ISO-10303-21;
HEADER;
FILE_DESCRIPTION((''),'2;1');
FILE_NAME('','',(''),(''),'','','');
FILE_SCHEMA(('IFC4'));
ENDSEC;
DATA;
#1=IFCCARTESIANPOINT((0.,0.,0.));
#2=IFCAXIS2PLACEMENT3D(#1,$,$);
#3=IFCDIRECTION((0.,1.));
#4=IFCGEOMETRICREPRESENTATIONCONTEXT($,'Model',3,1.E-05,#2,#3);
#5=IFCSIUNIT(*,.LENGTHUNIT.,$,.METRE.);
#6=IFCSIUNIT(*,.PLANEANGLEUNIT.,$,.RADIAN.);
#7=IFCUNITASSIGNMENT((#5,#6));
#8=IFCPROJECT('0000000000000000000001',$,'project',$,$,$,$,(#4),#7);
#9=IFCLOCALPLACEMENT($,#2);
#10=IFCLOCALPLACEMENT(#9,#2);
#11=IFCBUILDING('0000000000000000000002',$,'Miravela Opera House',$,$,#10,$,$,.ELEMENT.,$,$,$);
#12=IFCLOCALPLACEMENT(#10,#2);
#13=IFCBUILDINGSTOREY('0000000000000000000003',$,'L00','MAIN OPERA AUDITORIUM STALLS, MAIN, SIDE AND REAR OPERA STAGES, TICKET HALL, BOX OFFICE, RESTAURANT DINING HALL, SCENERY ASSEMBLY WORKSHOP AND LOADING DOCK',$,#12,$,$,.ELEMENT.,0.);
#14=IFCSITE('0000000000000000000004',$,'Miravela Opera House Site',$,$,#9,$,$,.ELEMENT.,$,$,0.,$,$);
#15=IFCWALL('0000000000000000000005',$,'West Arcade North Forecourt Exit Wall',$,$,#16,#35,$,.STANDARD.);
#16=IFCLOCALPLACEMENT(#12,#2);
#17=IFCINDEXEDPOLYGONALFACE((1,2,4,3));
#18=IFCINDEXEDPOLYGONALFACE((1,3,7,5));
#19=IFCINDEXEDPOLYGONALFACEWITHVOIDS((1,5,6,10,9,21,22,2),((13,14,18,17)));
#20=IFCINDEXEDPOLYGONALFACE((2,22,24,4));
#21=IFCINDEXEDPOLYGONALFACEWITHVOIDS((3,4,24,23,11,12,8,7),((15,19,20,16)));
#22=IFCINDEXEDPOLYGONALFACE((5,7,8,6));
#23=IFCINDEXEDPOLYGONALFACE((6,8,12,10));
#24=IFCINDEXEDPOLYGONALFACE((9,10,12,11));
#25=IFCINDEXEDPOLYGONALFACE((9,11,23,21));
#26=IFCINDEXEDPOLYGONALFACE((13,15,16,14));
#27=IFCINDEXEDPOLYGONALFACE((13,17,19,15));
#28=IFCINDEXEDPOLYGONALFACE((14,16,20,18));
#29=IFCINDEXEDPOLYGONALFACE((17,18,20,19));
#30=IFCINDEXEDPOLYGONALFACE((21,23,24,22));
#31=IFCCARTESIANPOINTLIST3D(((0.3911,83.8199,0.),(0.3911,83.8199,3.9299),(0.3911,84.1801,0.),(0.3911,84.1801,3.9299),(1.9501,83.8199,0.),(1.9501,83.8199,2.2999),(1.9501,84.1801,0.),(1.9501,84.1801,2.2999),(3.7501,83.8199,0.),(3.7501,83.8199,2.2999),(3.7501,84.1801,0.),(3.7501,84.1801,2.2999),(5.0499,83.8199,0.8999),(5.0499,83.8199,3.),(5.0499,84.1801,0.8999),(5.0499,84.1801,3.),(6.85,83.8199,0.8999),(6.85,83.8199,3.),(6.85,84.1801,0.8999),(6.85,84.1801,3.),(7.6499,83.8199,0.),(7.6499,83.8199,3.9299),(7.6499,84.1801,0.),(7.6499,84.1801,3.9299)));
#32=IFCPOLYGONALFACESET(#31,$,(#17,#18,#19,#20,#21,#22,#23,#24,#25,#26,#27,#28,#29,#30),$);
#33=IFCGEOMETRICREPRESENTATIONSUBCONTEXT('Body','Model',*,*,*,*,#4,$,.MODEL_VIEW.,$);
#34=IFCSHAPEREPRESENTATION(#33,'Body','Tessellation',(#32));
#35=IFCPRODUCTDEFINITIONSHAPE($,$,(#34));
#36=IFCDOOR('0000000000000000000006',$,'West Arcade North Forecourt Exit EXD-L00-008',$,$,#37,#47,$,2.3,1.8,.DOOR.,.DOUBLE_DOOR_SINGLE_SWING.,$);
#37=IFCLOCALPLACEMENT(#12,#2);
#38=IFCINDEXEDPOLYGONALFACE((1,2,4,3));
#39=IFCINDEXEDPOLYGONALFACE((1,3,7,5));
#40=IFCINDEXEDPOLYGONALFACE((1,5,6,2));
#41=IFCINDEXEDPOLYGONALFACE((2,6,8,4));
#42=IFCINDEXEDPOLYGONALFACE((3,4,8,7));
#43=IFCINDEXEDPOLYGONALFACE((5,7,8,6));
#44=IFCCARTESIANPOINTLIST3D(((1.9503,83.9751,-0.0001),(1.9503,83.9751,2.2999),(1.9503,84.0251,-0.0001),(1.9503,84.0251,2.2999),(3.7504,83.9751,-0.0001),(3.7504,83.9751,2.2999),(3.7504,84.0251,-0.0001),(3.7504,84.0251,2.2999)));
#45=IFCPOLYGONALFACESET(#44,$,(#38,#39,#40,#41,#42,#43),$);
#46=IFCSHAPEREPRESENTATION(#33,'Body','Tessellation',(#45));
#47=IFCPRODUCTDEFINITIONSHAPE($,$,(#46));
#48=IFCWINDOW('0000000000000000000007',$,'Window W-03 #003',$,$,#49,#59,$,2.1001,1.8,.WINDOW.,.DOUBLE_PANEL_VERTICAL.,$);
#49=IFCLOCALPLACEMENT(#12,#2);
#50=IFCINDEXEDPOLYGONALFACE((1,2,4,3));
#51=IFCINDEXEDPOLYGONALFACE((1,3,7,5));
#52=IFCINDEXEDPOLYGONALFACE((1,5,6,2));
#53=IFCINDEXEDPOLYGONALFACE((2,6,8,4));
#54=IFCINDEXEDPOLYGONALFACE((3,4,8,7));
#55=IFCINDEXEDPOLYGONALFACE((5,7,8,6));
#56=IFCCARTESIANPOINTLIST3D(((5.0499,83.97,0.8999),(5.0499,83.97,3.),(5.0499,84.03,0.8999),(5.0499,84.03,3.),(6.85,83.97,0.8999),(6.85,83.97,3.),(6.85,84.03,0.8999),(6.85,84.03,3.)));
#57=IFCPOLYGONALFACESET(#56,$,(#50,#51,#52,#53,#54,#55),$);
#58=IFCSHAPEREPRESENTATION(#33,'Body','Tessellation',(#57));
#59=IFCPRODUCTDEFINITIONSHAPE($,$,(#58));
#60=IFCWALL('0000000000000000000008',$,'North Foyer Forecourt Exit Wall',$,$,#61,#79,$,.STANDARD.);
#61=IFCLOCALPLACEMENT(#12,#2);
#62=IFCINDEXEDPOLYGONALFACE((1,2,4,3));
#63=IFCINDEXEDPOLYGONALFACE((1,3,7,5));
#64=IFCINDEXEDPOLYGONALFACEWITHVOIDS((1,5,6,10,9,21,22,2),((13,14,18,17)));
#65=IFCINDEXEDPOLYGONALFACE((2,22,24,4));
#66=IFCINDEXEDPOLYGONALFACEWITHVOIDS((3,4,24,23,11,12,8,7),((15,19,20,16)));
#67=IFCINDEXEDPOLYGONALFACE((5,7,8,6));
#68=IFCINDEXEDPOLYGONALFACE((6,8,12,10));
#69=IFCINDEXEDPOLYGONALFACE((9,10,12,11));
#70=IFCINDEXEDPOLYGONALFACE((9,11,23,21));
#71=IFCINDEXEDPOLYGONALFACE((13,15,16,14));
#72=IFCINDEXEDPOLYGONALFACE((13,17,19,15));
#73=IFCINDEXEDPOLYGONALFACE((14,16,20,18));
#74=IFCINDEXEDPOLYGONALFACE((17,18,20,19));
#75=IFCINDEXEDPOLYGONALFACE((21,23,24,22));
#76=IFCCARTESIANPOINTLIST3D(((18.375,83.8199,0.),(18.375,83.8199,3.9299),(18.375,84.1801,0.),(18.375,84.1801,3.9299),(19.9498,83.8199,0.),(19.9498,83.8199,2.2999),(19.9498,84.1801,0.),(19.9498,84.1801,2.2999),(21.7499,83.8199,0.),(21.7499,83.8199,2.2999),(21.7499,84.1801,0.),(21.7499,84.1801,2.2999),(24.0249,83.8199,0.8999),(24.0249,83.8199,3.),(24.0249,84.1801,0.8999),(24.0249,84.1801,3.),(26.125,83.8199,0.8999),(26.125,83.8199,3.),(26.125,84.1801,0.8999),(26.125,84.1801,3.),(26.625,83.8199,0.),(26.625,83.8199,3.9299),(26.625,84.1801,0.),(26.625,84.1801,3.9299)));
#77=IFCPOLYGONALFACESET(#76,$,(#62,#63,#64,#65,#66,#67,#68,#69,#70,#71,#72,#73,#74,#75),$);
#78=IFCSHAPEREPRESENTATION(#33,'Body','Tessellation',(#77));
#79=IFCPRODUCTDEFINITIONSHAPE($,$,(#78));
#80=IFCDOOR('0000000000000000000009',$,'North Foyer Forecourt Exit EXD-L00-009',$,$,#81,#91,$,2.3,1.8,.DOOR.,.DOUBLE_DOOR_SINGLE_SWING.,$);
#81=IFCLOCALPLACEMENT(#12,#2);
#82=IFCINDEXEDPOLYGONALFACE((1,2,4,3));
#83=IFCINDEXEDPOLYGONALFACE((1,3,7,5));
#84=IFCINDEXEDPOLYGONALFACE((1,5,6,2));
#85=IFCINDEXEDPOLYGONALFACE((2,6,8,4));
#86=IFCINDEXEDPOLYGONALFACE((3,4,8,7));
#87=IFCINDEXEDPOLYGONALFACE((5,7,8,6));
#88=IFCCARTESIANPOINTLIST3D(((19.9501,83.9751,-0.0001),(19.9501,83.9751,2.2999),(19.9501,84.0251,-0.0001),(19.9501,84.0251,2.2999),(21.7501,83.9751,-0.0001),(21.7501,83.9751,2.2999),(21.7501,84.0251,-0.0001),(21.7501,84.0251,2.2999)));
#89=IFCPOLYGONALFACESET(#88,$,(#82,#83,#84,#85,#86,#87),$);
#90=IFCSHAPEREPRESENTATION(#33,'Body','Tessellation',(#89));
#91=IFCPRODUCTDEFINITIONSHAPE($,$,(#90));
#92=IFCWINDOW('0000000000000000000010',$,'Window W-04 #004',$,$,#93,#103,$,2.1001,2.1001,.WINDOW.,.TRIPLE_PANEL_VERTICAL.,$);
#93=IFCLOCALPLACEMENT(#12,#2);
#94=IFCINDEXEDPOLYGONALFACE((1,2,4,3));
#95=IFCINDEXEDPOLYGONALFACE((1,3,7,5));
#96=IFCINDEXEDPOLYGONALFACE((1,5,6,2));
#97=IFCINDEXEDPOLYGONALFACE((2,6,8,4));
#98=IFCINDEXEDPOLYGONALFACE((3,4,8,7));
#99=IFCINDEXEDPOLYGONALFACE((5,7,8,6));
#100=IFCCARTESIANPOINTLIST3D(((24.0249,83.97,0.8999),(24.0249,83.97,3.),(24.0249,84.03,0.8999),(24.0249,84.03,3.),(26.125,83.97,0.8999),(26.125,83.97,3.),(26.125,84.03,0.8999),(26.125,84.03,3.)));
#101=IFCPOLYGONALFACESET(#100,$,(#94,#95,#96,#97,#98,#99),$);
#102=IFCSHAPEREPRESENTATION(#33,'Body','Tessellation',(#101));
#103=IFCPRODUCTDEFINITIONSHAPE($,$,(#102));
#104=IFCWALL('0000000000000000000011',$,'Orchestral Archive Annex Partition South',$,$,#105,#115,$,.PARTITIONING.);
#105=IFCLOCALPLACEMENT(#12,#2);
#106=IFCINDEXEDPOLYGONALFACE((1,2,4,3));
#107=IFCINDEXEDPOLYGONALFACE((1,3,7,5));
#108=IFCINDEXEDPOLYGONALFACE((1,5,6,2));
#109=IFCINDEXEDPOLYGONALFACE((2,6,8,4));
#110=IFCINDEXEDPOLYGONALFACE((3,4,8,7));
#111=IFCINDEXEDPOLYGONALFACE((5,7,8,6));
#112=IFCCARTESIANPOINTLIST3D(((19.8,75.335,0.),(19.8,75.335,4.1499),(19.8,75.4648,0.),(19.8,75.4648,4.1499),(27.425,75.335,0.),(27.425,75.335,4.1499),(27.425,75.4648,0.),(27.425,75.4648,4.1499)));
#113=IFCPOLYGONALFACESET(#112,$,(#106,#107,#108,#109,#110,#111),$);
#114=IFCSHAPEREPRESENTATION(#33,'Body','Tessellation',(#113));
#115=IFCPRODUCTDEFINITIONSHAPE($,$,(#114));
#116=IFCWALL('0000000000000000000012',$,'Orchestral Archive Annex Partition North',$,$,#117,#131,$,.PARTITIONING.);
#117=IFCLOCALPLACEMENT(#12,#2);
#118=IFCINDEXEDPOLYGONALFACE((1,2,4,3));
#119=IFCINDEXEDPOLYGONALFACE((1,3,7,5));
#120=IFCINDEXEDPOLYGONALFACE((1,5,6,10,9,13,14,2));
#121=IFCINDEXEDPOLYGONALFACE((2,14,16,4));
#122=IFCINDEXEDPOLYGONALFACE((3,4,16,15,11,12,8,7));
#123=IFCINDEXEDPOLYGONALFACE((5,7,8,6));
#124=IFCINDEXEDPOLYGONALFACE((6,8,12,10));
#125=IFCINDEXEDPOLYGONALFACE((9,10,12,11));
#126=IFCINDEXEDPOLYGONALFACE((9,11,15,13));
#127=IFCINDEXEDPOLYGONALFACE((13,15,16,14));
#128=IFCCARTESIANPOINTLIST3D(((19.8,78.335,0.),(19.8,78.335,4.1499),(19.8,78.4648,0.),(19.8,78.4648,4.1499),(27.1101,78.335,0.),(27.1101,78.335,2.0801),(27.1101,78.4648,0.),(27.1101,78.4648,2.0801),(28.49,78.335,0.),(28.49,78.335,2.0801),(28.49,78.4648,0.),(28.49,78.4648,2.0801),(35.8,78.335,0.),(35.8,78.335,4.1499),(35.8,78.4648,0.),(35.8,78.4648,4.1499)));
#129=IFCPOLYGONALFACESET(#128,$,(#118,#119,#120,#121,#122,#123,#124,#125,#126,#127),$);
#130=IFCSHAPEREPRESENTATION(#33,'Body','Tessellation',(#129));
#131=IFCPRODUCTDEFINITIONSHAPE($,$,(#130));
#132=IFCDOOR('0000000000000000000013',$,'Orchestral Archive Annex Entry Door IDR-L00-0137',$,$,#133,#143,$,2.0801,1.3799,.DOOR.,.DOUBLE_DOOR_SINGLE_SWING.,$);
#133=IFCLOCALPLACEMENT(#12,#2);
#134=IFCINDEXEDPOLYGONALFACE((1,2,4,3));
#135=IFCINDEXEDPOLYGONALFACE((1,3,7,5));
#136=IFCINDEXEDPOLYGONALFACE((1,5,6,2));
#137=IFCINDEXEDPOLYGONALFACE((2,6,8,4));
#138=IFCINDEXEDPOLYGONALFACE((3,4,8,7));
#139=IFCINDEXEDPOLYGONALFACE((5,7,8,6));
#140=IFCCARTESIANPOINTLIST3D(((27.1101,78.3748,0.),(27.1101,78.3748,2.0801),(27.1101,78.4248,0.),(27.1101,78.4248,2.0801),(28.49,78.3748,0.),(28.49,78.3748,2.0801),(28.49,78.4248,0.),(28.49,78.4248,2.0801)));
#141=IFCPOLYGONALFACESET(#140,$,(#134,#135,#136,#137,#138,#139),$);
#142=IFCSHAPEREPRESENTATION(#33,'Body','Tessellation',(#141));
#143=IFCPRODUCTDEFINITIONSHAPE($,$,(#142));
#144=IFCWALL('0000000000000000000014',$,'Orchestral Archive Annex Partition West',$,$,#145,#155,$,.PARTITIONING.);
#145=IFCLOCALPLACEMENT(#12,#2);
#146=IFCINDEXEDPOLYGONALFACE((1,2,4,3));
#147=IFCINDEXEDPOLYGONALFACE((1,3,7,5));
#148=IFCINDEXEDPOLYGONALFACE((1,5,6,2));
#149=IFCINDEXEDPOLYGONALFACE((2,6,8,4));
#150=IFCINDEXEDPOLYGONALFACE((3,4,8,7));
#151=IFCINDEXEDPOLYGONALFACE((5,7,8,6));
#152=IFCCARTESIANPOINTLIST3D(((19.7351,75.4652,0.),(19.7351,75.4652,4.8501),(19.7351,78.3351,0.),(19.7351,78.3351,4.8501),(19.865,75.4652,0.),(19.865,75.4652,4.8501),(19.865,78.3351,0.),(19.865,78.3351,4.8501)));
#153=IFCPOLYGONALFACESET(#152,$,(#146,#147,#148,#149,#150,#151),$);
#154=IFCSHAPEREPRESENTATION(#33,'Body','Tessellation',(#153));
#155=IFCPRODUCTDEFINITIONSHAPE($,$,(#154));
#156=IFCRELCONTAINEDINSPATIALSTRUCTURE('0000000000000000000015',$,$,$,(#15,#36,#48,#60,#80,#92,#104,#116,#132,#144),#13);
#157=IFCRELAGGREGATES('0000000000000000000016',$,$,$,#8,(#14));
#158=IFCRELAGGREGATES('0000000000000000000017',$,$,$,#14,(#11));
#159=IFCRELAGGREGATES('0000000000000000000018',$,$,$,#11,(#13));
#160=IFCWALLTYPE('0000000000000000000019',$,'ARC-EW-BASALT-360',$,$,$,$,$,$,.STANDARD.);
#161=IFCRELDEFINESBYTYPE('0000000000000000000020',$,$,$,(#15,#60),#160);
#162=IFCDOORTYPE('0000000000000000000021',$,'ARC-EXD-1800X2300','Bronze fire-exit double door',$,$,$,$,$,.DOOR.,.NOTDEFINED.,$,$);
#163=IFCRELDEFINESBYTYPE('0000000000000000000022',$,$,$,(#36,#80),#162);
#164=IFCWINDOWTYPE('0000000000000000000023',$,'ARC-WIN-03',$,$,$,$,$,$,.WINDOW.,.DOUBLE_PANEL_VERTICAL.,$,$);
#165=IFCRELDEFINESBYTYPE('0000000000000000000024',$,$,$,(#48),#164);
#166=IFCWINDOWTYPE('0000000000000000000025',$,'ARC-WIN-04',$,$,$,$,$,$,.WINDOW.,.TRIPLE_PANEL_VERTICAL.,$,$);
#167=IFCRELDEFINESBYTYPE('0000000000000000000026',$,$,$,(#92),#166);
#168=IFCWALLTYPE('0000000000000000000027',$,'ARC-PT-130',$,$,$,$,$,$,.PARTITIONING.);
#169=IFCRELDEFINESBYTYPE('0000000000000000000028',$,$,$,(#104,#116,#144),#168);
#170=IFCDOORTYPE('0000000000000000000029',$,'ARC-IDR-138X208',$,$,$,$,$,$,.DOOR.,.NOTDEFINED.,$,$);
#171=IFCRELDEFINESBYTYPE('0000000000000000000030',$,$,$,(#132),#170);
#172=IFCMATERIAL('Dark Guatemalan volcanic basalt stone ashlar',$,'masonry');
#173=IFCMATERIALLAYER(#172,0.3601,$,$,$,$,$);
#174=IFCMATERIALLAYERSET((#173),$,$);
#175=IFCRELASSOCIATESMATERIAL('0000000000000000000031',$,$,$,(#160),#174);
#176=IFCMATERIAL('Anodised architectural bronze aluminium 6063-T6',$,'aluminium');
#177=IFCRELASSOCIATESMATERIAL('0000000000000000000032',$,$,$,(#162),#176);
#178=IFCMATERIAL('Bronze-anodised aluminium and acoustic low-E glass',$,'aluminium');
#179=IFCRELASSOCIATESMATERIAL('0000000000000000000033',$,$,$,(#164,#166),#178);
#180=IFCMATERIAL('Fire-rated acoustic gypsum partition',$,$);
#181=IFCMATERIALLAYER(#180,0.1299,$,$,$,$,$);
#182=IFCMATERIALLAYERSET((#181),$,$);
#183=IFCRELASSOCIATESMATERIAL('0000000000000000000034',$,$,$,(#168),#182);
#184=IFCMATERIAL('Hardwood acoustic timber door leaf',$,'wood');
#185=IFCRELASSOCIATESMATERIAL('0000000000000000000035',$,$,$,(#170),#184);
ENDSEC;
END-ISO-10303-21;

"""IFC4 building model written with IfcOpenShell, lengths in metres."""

from ifc_helpers import new_model, si_unit, direction, frame, frame_2d, origin, place, context, subcontext, project, spatial, rectangle, extrude, material, layer, layer_set, type_object, element, fill, save


model = new_model("IFC4")

# Units and contexts
model_context = context("Model", 3, precision=1e-05, world=origin(), true_north=direction((0.0, 1.0)))
body_context = subcontext(model_context, "Body", "Model", "MODEL_VIEW")
ifc_project = project(units=[si_unit("LENGTHUNIT", "METRE"), si_unit("PLANEANGLEUNIT", "RADIAN")], contexts=[model_context])

# Site, building, storey
site_placement = place(None, origin())
site = spatial("IfcSite", under=ifc_project, at=site_placement, Name="Miravela Opera House Site", CompositionType="ELEMENT", RefElevation=0.0)
building_placement = place(site_placement, origin())
building = spatial("IfcBuilding", under=site, at=building_placement, Name="Miravela Opera House", CompositionType="ELEMENT")
storey_placement = place(building_placement, origin())
storey = spatial("IfcBuildingStorey", under=building, at=storey_placement, Name="L00", Description="MAIN OPERA AUDITORIUM STALLS, MAIN, SIDE AND REAR OPERA STAGES, TICKET HALL, BOX OFFICE, RESTAURANT DINING HALL, SCENERY ASSEMBLY WORKSHOP AND LOADING DOCK", CompositionType="ELEMENT", Elevation=0.0)

# Shared definitions
ifc_material_1 = material(Name="Anodised architectural bronze aluminium 6063-T6", Category="aluminium")

# Walls, openings, doors, windows
ifc_material_2 = material(Name="Dark Guatemalan volcanic basalt stone ashlar", Category="masonry")
ifc_layer_1 = layer(ifc_material_2, 0.3601)
ifc_layer_set_1 = layer_set([ifc_layer_1])
wall_type_1 = type_object("IfcWallType", Name="ARC-EW-BASALT-360", PredefinedType="STANDARD", material=ifc_layer_set_1)
wall_1_placement = place(storey_placement, frame((0.3911, 84.0, 0.0), z_axis=(0.0, 0.0, 1.0), x_axis=(1.0, 0.0, 0.0)))
wall_1 = element("IfcWall", 1, at=wall_1_placement, inside=storey, type_object=wall_type_1, Name="West Arcade North Forecourt Exit Wall", PredefinedType="STANDARD", context=body_context, shape_type="SweptSolid", body=[
    extrude(rectangle(XDim=7.2588, YDim=0.3601, at=frame_2d((3.6294, 0.0))), origin(), (0.0, 0.0, 1.0), 3.9299),
])
opening_1_placement = place(wall_1_placement, frame((1.5591, 0.0, 0.0)))
opening_1 = element("IfcOpeningElement", 2, at=opening_1_placement, cuts=wall_1, PredefinedType="OPENING", context=body_context, shape_type="SweptSolid", body=[
    extrude(rectangle(XDim=1.8, YDim=2.3, at=frame_2d((0.8999, 1.1499))), frame((0.0, 0.1899, 0.0), z_axis=(0.0, -1.0, 0.0), x_axis=(1.0, 0.0, 0.0)), (0.0, 0.0, 1.0), 0.3801),
])
opening_2_placement = place(wall_1_placement, frame((4.6589, 0.0, 0.8999)))
opening_2 = element("IfcOpeningElement", 3, at=opening_2_placement, cuts=wall_1, PredefinedType="OPENING", context=body_context, shape_type="SweptSolid", body=[
    extrude(rectangle(XDim=1.8, YDim=2.1001, at=frame_2d((0.8999, 1.05))), frame((0.0, 0.1899, 0.0), z_axis=(0.0, -1.0, 0.0), x_axis=(1.0, 0.0, 0.0)), (0.0, 0.0, 1.0), 0.3801),
])
door_type_1 = type_object("IfcDoorType", Name="ARC-EXD-1800X2300", Description="Bronze fire-exit double door", OperationType="NOTDEFINED", PredefinedType="DOOR", material=ifc_material_1)
door_1_placement = place(opening_1_placement, frame((1.8, 0.0, 0.0), z_axis=(0.0, 0.0, 1.0), x_axis=(-1.0, 0.0, 0.0)))
door_1 = element("IfcDoor", 4, at=door_1_placement, inside=storey, type_object=door_type_1, Name="West Arcade North Forecourt Exit EXD-L00-008", OperationType="DOUBLE_DOOR_SINGLE_SWING", OverallHeight=2.3, OverallWidth=1.8, PredefinedType="DOOR", context=body_context, shape_type="SweptSolid", body=[
    extrude(rectangle(XDim=1.8, YDim=2.3, at=frame_2d((0.8999, 1.1499))), frame((0.0, 0.0249, 0.0), z_axis=(0.0, -1.0, 0.0), x_axis=(1.0, 0.0, 0.0)), (0.0, 0.0, 1.0), 0.05),
])
fill(opening_1, door_1)
ifc_material_3 = material(Name="Bronze-anodised aluminium and acoustic low-E glass", Category="aluminium")
window_type_1 = type_object("IfcWindowType", Name="ARC-WIN-03", PartitioningType="DOUBLE_PANEL_VERTICAL", PredefinedType="WINDOW", material=ifc_material_3)
window_1_placement = place(opening_2_placement, origin())
window_1 = element("IfcWindow", 5, at=window_1_placement, inside=storey, type_object=window_type_1, Name="Window W-03 #003", OverallHeight=2.1001, OverallWidth=1.8, PartitioningType="DOUBLE_PANEL_VERTICAL", PredefinedType="WINDOW", context=body_context, shape_type="SweptSolid", body=[
    extrude(rectangle(XDim=1.8, YDim=2.1001, at=frame_2d((0.8999, 1.05))), frame((0.0, 0.03, 0.0), z_axis=(0.0, -1.0, 0.0), x_axis=(1.0, 0.0, 0.0)), (0.0, 0.0, 1.0), 0.0601),
])
fill(opening_2, window_1)
wall_2_placement = place(storey_placement, frame((18.375, 84.0, 0.0), z_axis=(0.0, 0.0, 1.0), x_axis=(1.0, 0.0, 0.0)))
wall_2 = element("IfcWall", 6, at=wall_2_placement, inside=storey, type_object=wall_type_1, Name="North Foyer Forecourt Exit Wall", PredefinedType="STANDARD", context=body_context, shape_type="SweptSolid", body=[
    extrude(rectangle(XDim=8.25, YDim=0.3601, at=frame_2d((4.125, 0.0))), origin(), (0.0, 0.0, 1.0), 3.9299),
])
opening_3_placement = place(wall_2_placement, frame((1.575, 0.0, 0.0)))
opening_3 = element("IfcOpeningElement", 7, at=opening_3_placement, cuts=wall_2, PredefinedType="OPENING", context=body_context, shape_type="SweptSolid", body=[
    extrude(rectangle(XDim=1.8, YDim=2.3, at=frame_2d((0.8999, 1.1499))), frame((0.0, 0.1899, 0.0), z_axis=(0.0, -1.0, 0.0), x_axis=(1.0, 0.0, 0.0)), (0.0, 0.0, 1.0), 0.3801),
])
opening_4_placement = place(wall_2_placement, frame((5.6499, 0.0, 0.8999)))
opening_4 = element("IfcOpeningElement", 8, at=opening_4_placement, cuts=wall_2, PredefinedType="OPENING", context=body_context, shape_type="SweptSolid", body=[
    extrude(rectangle(XDim=2.1001, YDim=2.1001, at=frame_2d((1.05, 1.05))), frame((0.0, 0.1899, 0.0), z_axis=(0.0, -1.0, 0.0), x_axis=(1.0, 0.0, 0.0)), (0.0, 0.0, 1.0), 0.3801),
])
door_2_placement = place(opening_3_placement, frame((1.8, 0.0, 0.0), z_axis=(0.0, 0.0, 1.0), x_axis=(-1.0, 0.0, 0.0)))
door_2 = element("IfcDoor", 9, at=door_2_placement, inside=storey, type_object=door_type_1, Name="North Foyer Forecourt Exit EXD-L00-009", OperationType="DOUBLE_DOOR_SINGLE_SWING", OverallHeight=2.3, OverallWidth=1.8, PredefinedType="DOOR", context=body_context, shape_type="SweptSolid", body=[
    extrude(rectangle(XDim=1.8, YDim=2.3, at=frame_2d((0.8999, 1.1499))), frame((0.0, 0.0249, 0.0), z_axis=(0.0, -1.0, 0.0), x_axis=(1.0, 0.0, 0.0)), (0.0, 0.0, 1.0), 0.05),
])
fill(opening_3, door_2)
window_type_2 = type_object("IfcWindowType", Name="ARC-WIN-04", PartitioningType="TRIPLE_PANEL_VERTICAL", PredefinedType="WINDOW", material=ifc_material_3)
window_2_placement = place(opening_4_placement, origin())
window_2 = element("IfcWindow", 10, at=window_2_placement, inside=storey, type_object=window_type_2, Name="Window W-04 #004", OverallHeight=2.1001, OverallWidth=2.1001, PartitioningType="TRIPLE_PANEL_VERTICAL", PredefinedType="WINDOW", context=body_context, shape_type="SweptSolid", body=[
    extrude(rectangle(XDim=2.1001, YDim=2.1001, at=frame_2d((1.05, 1.05))), frame((0.0, 0.03, 0.0), z_axis=(0.0, -1.0, 0.0), x_axis=(1.0, 0.0, 0.0)), (0.0, 0.0, 1.0), 0.0601),
])
fill(opening_4, window_2)

# Wall
ifc_material_4 = material(Name="Fire-rated acoustic gypsum partition")
ifc_layer_2 = layer(ifc_material_4, 0.1299)
ifc_layer_set_2 = layer_set([ifc_layer_2])
wall_type_2 = type_object("IfcWallType", Name="ARC-PT-130", PredefinedType="PARTITIONING", material=ifc_layer_set_2)
wall_3_placement = place(storey_placement, frame((19.8, 75.3999, 0.0), z_axis=(0.0, 0.0, 1.0), x_axis=(1.0, 0.0, 0.0)))
element("IfcWall", 11, at=wall_3_placement, inside=storey, type_object=wall_type_2, Name="Orchestral Archive Annex Partition South", PredefinedType="PARTITIONING", context=body_context, shape_type="SweptSolid", body=[
    extrude(rectangle(XDim=7.625, YDim=0.1299, at=frame_2d((3.8125, 0.0))), origin(), (0.0, 0.0, 1.0), 4.1499),
])

# Wall, opening, door
wall_4_placement = place(storey_placement, frame((19.8, 78.3999, 0.0), z_axis=(0.0, 0.0, 1.0), x_axis=(1.0, 0.0, 0.0)))
wall_4 = element("IfcWall", 12, at=wall_4_placement, inside=storey, type_object=wall_type_2, Name="Orchestral Archive Annex Partition North", PredefinedType="PARTITIONING", context=body_context, shape_type="SweptSolid", body=[
    extrude(rectangle(XDim=16.0, YDim=0.1299, at=frame_2d((8.0, 0.0))), origin(), (0.0, 0.0, 1.0), 4.1499),
])
opening_5_placement = place(wall_4_placement, frame((7.3101, 0.0, 0.0)))
opening_5 = element("IfcOpeningElement", 13, at=opening_5_placement, cuts=wall_4, PredefinedType="OPENING", context=body_context, shape_type="SweptSolid", body=[
    extrude(rectangle(XDim=1.3799, YDim=2.0801, at=frame_2d((0.6899, 1.04))), frame((0.0, 0.075, 0.0), z_axis=(0.0, -1.0, 0.0), x_axis=(1.0, 0.0, 0.0)), (0.0, 0.0, 1.0), 0.1499),
])
ifc_material_5 = material(Name="Hardwood acoustic timber door leaf", Category="wood")
door_type_2 = type_object("IfcDoorType", Name="ARC-IDR-138X208", OperationType="NOTDEFINED", PredefinedType="DOOR", material=ifc_material_5)
door_3_placement = place(opening_5_placement, origin())
door_3 = element("IfcDoor", 14, at=door_3_placement, inside=storey, type_object=door_type_2, Name="Orchestral Archive Annex Entry Door IDR-L00-0137", OperationType="DOUBLE_DOOR_SINGLE_SWING", OverallHeight=2.0801, OverallWidth=1.3799, PredefinedType="DOOR", context=body_context, shape_type="SweptSolid", body=[
    extrude(rectangle(XDim=1.3799, YDim=2.0801, at=frame_2d((0.6899, 1.04))), frame((0.0, 0.0249, 0.0), z_axis=(0.0, -1.0, 0.0), x_axis=(1.0, 0.0, 0.0)), (0.0, 0.0, 1.0), 0.05),
])
fill(opening_5, door_3)

# Wall
wall_5_placement = place(storey_placement, frame((19.8, 75.4651, 0.0), z_axis=(0.0, 0.0, 1.0), x_axis=(0.0, 1.0, 0.0)))
element("IfcWall", 15, at=wall_5_placement, inside=storey, type_object=wall_type_2, Name="Orchestral Archive Annex Partition West", PredefinedType="PARTITIONING", context=body_context, shape_type="SweptSolid", body=[
    extrude(rectangle(XDim=2.8699, YDim=0.1299, at=frame_2d((1.4351, 0.0))), origin(), (0.0, 0.0, 1.0), 4.8501),
])

save(model, "model.ifc")
